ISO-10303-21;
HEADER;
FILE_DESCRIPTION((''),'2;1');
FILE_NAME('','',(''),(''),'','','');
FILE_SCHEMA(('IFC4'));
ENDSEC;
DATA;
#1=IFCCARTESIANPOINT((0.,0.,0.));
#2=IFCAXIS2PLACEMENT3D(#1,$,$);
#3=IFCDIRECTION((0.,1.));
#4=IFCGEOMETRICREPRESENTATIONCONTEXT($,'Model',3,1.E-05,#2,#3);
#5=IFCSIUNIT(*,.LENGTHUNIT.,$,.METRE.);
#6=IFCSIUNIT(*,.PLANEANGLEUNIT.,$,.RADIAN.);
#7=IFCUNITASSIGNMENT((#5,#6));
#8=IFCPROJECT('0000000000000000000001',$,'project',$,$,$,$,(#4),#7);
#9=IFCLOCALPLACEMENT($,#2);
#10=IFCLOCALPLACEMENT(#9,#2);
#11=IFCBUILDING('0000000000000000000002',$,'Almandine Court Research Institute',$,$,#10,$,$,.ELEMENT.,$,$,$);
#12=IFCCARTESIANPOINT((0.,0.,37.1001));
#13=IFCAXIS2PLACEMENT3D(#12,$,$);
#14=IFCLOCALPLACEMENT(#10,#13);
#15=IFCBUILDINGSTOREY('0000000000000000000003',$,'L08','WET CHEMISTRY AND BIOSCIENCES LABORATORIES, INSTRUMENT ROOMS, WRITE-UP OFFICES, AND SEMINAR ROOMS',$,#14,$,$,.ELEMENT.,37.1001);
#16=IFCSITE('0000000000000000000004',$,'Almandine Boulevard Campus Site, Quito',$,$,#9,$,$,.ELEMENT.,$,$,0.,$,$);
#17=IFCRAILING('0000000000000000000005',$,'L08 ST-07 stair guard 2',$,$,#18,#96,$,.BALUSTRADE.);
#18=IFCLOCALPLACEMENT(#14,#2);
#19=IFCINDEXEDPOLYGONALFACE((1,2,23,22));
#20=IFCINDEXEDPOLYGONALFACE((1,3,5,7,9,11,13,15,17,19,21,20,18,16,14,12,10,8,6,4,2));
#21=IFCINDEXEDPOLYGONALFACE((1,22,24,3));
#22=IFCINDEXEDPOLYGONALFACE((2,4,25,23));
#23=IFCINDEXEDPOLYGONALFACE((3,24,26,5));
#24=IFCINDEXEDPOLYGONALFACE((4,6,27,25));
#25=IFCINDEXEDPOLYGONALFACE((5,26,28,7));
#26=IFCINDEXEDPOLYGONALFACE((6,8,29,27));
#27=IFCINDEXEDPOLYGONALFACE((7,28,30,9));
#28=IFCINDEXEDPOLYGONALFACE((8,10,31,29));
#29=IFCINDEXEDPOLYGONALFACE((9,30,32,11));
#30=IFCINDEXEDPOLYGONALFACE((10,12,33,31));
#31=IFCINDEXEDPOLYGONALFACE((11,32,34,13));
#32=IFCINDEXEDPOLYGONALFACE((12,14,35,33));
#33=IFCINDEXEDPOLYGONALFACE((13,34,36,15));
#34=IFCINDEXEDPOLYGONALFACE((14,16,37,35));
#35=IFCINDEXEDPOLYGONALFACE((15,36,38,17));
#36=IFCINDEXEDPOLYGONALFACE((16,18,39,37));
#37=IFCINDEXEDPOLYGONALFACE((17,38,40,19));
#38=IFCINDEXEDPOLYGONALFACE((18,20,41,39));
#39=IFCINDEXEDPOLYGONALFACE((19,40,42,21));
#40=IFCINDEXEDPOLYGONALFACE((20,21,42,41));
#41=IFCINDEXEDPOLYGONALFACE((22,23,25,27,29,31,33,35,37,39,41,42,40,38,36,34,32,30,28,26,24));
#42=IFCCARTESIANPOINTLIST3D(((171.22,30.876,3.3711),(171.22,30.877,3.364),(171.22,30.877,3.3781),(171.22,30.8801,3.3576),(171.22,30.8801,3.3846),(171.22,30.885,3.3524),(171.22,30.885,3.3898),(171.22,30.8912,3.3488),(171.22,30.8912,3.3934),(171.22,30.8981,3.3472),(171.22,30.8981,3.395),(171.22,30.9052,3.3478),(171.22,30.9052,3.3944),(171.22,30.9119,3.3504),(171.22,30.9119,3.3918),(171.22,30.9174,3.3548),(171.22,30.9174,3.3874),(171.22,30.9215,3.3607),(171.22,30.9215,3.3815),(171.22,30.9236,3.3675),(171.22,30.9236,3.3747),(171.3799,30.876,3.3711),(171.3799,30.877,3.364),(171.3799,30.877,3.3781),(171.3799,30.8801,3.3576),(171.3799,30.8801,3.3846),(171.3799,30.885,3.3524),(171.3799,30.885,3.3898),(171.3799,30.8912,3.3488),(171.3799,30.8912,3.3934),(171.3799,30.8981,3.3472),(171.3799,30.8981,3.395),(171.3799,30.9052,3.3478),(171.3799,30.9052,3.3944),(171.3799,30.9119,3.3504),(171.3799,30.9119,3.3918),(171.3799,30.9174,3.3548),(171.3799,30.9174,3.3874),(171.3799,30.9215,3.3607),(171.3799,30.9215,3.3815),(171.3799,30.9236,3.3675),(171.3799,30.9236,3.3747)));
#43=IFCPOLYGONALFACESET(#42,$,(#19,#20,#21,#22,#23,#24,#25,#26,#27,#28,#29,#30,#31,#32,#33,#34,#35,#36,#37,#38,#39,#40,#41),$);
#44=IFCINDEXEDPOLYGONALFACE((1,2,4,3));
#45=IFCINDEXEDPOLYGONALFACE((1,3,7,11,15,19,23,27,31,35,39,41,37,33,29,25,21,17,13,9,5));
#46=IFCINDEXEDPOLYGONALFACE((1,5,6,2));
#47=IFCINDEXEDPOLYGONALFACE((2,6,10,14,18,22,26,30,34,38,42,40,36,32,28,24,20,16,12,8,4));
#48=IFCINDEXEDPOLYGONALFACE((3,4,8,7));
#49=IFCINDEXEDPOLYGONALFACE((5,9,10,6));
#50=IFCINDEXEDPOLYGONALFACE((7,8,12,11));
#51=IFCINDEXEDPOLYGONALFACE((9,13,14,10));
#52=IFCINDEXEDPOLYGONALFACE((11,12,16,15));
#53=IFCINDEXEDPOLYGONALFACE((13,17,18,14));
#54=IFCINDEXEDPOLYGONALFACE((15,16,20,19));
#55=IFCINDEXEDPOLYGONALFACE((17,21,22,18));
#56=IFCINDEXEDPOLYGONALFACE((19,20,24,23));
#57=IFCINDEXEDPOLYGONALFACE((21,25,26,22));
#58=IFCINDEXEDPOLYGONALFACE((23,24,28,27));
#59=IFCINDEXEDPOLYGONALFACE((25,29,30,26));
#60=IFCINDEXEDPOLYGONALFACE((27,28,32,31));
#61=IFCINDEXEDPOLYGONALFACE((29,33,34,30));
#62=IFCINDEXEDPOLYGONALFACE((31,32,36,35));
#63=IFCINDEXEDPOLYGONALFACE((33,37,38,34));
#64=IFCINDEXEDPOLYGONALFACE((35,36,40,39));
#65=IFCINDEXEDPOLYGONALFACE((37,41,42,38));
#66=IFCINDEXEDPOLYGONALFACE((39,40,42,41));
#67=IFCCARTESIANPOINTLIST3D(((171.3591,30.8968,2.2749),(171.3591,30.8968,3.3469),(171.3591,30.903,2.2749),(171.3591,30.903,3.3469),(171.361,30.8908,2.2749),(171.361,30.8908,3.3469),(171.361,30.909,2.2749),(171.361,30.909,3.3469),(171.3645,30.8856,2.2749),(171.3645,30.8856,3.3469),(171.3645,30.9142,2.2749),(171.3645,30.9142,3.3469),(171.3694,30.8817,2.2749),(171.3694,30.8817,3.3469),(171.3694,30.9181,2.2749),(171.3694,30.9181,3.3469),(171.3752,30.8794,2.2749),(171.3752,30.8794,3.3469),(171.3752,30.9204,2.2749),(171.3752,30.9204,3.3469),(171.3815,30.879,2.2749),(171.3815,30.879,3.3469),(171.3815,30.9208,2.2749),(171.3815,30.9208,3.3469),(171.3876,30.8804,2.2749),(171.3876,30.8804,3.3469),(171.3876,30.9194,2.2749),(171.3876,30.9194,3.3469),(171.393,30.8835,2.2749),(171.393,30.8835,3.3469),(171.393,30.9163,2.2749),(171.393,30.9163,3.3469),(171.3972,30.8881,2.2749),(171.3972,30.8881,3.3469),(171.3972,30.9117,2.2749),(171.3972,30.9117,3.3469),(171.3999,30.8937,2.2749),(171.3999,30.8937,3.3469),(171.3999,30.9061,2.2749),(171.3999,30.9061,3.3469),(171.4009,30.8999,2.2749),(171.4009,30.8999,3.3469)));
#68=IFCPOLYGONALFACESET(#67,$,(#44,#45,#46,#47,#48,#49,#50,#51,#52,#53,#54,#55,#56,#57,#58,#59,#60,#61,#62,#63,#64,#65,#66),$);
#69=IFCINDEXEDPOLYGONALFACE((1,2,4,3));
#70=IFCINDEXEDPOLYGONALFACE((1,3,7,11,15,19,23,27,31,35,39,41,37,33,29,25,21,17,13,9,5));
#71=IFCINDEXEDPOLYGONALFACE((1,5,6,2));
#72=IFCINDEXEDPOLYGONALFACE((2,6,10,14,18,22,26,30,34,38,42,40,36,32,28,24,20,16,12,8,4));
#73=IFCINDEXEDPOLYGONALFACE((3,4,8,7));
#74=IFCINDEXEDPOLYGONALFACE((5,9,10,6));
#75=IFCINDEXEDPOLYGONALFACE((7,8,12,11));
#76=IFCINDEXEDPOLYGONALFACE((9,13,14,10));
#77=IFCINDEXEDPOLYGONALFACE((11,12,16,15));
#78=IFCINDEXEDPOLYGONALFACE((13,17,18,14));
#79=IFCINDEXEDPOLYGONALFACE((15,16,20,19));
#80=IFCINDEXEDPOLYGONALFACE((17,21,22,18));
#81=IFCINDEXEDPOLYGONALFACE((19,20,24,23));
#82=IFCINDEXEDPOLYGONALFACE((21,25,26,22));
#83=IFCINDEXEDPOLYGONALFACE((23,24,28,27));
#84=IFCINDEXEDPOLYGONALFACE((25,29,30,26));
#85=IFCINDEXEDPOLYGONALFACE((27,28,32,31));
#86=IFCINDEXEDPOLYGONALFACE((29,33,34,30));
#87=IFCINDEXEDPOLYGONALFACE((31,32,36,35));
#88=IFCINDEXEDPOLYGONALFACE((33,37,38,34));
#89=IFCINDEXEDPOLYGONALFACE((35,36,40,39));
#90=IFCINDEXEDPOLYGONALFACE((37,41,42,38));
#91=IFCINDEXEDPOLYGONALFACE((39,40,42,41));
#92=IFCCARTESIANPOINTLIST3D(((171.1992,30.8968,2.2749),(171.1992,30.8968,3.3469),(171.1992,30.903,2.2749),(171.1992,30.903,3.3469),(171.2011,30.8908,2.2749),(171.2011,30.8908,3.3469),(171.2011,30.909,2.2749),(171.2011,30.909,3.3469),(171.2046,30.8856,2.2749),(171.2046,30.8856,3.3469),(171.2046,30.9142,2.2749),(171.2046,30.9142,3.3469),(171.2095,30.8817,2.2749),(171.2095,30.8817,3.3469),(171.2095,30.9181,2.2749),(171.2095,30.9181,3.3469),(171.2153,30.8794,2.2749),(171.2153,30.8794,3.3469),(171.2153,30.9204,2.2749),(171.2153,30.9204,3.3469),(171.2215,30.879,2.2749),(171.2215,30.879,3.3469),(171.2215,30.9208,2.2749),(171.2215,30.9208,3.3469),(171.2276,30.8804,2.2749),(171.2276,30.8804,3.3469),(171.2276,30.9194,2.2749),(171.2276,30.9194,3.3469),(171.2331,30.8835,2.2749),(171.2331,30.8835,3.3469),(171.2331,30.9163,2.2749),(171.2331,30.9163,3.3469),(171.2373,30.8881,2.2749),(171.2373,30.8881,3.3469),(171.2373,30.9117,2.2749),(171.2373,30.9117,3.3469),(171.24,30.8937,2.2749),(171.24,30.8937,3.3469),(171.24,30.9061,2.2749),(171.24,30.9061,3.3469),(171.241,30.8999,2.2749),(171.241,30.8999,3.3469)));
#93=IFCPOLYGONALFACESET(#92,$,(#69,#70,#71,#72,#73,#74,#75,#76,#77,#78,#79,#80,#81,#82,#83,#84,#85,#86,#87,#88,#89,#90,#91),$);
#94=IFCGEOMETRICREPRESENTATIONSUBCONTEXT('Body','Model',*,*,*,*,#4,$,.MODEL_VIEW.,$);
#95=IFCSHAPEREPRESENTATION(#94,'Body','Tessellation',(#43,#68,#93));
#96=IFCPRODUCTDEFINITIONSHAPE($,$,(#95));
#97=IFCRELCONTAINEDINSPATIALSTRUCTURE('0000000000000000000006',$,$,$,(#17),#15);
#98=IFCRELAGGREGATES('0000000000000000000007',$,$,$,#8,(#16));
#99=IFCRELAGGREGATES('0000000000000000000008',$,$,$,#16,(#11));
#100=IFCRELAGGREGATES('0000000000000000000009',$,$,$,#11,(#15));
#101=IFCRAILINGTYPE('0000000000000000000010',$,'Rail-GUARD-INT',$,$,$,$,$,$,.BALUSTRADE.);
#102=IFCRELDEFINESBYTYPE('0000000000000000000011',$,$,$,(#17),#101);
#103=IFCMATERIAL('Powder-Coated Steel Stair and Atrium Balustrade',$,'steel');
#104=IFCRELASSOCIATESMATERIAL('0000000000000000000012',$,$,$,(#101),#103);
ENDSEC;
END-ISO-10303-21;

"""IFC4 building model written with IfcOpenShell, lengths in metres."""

from ifc_helpers import new_model, si_unit, direction, frame, origin, origin_2d, place, context, subcontext, project, spatial, circle, extrude, material, type_object, element, save


model = new_model("IFC4")

# Units and contexts
model_context = context("Model", 3, precision=1e-05, world=origin(), true_north=direction((0.0, 1.0)))
body_context = subcontext(model_context, "Body", "Model", "MODEL_VIEW")
ifc_project = project(units=[si_unit("LENGTHUNIT", "METRE"), si_unit("PLANEANGLEUNIT", "RADIAN")], contexts=[model_context])

# Site, building, storey
site_placement = place(None, origin())
site = spatial("IfcSite", under=ifc_project, at=site_placement, Name="Almandine Boulevard Campus Site, Quito", CompositionType="ELEMENT", RefElevation=0.0)
building_placement = place(site_placement, origin())
building = spatial("IfcBuilding", under=site, at=building_placement, Name="Almandine Court Research Institute", CompositionType="ELEMENT")
storey_placement = place(building_placement, frame((0.0, 0.0, 37.1001)))
storey = spatial("IfcBuildingStorey", under=building, at=storey_placement, Name="L08", Description="WET CHEMISTRY AND BIOSCIENCES LABORATORIES, INSTRUMENT ROOMS, WRITE-UP OFFICES, AND SEMINAR ROOMS", CompositionType="ELEMENT", Elevation=37.1001)

# Railing
ifc_material_1 = material(Name="Powder-Coated Steel Stair and Atrium Balustrade", Category="steel")
railing_type_1 = type_object("IfcRailingType", Name="Rail-GUARD-INT", PredefinedType="BALUSTRADE", material=ifc_material_1)
railing_1_placement = place(storey_placement, frame((171.3799, 30.8999, 2.2749)))
element("IfcRailing", 1, at=railing_1_placement, inside=storey, type_object=railing_type_1, Name="L08 ST-07 stair guard 2", PredefinedType="BALUSTRADE", context=body_context, shape_type="SweptSolid", body=[
    extrude(circle(Radius=0.0239, at=origin_2d()), frame((0.0, 0.0, 1.0962), z_axis=(-1.0, 0.0, 0.0), x_axis=(0.0, -1.0, 0.0)), (0.0, 0.0, 1.0), 0.1599),
    extrude(circle(Radius=0.021, at=origin_2d()), origin(), (0.0, 0.0, 1.0), 1.072),
    extrude(circle(Radius=0.021, at=origin_2d()), frame((-0.1599, 0.0, 0.0)), (0.0, 0.0, 1.0), 1.072),
])

save(model, "model.ifc")
